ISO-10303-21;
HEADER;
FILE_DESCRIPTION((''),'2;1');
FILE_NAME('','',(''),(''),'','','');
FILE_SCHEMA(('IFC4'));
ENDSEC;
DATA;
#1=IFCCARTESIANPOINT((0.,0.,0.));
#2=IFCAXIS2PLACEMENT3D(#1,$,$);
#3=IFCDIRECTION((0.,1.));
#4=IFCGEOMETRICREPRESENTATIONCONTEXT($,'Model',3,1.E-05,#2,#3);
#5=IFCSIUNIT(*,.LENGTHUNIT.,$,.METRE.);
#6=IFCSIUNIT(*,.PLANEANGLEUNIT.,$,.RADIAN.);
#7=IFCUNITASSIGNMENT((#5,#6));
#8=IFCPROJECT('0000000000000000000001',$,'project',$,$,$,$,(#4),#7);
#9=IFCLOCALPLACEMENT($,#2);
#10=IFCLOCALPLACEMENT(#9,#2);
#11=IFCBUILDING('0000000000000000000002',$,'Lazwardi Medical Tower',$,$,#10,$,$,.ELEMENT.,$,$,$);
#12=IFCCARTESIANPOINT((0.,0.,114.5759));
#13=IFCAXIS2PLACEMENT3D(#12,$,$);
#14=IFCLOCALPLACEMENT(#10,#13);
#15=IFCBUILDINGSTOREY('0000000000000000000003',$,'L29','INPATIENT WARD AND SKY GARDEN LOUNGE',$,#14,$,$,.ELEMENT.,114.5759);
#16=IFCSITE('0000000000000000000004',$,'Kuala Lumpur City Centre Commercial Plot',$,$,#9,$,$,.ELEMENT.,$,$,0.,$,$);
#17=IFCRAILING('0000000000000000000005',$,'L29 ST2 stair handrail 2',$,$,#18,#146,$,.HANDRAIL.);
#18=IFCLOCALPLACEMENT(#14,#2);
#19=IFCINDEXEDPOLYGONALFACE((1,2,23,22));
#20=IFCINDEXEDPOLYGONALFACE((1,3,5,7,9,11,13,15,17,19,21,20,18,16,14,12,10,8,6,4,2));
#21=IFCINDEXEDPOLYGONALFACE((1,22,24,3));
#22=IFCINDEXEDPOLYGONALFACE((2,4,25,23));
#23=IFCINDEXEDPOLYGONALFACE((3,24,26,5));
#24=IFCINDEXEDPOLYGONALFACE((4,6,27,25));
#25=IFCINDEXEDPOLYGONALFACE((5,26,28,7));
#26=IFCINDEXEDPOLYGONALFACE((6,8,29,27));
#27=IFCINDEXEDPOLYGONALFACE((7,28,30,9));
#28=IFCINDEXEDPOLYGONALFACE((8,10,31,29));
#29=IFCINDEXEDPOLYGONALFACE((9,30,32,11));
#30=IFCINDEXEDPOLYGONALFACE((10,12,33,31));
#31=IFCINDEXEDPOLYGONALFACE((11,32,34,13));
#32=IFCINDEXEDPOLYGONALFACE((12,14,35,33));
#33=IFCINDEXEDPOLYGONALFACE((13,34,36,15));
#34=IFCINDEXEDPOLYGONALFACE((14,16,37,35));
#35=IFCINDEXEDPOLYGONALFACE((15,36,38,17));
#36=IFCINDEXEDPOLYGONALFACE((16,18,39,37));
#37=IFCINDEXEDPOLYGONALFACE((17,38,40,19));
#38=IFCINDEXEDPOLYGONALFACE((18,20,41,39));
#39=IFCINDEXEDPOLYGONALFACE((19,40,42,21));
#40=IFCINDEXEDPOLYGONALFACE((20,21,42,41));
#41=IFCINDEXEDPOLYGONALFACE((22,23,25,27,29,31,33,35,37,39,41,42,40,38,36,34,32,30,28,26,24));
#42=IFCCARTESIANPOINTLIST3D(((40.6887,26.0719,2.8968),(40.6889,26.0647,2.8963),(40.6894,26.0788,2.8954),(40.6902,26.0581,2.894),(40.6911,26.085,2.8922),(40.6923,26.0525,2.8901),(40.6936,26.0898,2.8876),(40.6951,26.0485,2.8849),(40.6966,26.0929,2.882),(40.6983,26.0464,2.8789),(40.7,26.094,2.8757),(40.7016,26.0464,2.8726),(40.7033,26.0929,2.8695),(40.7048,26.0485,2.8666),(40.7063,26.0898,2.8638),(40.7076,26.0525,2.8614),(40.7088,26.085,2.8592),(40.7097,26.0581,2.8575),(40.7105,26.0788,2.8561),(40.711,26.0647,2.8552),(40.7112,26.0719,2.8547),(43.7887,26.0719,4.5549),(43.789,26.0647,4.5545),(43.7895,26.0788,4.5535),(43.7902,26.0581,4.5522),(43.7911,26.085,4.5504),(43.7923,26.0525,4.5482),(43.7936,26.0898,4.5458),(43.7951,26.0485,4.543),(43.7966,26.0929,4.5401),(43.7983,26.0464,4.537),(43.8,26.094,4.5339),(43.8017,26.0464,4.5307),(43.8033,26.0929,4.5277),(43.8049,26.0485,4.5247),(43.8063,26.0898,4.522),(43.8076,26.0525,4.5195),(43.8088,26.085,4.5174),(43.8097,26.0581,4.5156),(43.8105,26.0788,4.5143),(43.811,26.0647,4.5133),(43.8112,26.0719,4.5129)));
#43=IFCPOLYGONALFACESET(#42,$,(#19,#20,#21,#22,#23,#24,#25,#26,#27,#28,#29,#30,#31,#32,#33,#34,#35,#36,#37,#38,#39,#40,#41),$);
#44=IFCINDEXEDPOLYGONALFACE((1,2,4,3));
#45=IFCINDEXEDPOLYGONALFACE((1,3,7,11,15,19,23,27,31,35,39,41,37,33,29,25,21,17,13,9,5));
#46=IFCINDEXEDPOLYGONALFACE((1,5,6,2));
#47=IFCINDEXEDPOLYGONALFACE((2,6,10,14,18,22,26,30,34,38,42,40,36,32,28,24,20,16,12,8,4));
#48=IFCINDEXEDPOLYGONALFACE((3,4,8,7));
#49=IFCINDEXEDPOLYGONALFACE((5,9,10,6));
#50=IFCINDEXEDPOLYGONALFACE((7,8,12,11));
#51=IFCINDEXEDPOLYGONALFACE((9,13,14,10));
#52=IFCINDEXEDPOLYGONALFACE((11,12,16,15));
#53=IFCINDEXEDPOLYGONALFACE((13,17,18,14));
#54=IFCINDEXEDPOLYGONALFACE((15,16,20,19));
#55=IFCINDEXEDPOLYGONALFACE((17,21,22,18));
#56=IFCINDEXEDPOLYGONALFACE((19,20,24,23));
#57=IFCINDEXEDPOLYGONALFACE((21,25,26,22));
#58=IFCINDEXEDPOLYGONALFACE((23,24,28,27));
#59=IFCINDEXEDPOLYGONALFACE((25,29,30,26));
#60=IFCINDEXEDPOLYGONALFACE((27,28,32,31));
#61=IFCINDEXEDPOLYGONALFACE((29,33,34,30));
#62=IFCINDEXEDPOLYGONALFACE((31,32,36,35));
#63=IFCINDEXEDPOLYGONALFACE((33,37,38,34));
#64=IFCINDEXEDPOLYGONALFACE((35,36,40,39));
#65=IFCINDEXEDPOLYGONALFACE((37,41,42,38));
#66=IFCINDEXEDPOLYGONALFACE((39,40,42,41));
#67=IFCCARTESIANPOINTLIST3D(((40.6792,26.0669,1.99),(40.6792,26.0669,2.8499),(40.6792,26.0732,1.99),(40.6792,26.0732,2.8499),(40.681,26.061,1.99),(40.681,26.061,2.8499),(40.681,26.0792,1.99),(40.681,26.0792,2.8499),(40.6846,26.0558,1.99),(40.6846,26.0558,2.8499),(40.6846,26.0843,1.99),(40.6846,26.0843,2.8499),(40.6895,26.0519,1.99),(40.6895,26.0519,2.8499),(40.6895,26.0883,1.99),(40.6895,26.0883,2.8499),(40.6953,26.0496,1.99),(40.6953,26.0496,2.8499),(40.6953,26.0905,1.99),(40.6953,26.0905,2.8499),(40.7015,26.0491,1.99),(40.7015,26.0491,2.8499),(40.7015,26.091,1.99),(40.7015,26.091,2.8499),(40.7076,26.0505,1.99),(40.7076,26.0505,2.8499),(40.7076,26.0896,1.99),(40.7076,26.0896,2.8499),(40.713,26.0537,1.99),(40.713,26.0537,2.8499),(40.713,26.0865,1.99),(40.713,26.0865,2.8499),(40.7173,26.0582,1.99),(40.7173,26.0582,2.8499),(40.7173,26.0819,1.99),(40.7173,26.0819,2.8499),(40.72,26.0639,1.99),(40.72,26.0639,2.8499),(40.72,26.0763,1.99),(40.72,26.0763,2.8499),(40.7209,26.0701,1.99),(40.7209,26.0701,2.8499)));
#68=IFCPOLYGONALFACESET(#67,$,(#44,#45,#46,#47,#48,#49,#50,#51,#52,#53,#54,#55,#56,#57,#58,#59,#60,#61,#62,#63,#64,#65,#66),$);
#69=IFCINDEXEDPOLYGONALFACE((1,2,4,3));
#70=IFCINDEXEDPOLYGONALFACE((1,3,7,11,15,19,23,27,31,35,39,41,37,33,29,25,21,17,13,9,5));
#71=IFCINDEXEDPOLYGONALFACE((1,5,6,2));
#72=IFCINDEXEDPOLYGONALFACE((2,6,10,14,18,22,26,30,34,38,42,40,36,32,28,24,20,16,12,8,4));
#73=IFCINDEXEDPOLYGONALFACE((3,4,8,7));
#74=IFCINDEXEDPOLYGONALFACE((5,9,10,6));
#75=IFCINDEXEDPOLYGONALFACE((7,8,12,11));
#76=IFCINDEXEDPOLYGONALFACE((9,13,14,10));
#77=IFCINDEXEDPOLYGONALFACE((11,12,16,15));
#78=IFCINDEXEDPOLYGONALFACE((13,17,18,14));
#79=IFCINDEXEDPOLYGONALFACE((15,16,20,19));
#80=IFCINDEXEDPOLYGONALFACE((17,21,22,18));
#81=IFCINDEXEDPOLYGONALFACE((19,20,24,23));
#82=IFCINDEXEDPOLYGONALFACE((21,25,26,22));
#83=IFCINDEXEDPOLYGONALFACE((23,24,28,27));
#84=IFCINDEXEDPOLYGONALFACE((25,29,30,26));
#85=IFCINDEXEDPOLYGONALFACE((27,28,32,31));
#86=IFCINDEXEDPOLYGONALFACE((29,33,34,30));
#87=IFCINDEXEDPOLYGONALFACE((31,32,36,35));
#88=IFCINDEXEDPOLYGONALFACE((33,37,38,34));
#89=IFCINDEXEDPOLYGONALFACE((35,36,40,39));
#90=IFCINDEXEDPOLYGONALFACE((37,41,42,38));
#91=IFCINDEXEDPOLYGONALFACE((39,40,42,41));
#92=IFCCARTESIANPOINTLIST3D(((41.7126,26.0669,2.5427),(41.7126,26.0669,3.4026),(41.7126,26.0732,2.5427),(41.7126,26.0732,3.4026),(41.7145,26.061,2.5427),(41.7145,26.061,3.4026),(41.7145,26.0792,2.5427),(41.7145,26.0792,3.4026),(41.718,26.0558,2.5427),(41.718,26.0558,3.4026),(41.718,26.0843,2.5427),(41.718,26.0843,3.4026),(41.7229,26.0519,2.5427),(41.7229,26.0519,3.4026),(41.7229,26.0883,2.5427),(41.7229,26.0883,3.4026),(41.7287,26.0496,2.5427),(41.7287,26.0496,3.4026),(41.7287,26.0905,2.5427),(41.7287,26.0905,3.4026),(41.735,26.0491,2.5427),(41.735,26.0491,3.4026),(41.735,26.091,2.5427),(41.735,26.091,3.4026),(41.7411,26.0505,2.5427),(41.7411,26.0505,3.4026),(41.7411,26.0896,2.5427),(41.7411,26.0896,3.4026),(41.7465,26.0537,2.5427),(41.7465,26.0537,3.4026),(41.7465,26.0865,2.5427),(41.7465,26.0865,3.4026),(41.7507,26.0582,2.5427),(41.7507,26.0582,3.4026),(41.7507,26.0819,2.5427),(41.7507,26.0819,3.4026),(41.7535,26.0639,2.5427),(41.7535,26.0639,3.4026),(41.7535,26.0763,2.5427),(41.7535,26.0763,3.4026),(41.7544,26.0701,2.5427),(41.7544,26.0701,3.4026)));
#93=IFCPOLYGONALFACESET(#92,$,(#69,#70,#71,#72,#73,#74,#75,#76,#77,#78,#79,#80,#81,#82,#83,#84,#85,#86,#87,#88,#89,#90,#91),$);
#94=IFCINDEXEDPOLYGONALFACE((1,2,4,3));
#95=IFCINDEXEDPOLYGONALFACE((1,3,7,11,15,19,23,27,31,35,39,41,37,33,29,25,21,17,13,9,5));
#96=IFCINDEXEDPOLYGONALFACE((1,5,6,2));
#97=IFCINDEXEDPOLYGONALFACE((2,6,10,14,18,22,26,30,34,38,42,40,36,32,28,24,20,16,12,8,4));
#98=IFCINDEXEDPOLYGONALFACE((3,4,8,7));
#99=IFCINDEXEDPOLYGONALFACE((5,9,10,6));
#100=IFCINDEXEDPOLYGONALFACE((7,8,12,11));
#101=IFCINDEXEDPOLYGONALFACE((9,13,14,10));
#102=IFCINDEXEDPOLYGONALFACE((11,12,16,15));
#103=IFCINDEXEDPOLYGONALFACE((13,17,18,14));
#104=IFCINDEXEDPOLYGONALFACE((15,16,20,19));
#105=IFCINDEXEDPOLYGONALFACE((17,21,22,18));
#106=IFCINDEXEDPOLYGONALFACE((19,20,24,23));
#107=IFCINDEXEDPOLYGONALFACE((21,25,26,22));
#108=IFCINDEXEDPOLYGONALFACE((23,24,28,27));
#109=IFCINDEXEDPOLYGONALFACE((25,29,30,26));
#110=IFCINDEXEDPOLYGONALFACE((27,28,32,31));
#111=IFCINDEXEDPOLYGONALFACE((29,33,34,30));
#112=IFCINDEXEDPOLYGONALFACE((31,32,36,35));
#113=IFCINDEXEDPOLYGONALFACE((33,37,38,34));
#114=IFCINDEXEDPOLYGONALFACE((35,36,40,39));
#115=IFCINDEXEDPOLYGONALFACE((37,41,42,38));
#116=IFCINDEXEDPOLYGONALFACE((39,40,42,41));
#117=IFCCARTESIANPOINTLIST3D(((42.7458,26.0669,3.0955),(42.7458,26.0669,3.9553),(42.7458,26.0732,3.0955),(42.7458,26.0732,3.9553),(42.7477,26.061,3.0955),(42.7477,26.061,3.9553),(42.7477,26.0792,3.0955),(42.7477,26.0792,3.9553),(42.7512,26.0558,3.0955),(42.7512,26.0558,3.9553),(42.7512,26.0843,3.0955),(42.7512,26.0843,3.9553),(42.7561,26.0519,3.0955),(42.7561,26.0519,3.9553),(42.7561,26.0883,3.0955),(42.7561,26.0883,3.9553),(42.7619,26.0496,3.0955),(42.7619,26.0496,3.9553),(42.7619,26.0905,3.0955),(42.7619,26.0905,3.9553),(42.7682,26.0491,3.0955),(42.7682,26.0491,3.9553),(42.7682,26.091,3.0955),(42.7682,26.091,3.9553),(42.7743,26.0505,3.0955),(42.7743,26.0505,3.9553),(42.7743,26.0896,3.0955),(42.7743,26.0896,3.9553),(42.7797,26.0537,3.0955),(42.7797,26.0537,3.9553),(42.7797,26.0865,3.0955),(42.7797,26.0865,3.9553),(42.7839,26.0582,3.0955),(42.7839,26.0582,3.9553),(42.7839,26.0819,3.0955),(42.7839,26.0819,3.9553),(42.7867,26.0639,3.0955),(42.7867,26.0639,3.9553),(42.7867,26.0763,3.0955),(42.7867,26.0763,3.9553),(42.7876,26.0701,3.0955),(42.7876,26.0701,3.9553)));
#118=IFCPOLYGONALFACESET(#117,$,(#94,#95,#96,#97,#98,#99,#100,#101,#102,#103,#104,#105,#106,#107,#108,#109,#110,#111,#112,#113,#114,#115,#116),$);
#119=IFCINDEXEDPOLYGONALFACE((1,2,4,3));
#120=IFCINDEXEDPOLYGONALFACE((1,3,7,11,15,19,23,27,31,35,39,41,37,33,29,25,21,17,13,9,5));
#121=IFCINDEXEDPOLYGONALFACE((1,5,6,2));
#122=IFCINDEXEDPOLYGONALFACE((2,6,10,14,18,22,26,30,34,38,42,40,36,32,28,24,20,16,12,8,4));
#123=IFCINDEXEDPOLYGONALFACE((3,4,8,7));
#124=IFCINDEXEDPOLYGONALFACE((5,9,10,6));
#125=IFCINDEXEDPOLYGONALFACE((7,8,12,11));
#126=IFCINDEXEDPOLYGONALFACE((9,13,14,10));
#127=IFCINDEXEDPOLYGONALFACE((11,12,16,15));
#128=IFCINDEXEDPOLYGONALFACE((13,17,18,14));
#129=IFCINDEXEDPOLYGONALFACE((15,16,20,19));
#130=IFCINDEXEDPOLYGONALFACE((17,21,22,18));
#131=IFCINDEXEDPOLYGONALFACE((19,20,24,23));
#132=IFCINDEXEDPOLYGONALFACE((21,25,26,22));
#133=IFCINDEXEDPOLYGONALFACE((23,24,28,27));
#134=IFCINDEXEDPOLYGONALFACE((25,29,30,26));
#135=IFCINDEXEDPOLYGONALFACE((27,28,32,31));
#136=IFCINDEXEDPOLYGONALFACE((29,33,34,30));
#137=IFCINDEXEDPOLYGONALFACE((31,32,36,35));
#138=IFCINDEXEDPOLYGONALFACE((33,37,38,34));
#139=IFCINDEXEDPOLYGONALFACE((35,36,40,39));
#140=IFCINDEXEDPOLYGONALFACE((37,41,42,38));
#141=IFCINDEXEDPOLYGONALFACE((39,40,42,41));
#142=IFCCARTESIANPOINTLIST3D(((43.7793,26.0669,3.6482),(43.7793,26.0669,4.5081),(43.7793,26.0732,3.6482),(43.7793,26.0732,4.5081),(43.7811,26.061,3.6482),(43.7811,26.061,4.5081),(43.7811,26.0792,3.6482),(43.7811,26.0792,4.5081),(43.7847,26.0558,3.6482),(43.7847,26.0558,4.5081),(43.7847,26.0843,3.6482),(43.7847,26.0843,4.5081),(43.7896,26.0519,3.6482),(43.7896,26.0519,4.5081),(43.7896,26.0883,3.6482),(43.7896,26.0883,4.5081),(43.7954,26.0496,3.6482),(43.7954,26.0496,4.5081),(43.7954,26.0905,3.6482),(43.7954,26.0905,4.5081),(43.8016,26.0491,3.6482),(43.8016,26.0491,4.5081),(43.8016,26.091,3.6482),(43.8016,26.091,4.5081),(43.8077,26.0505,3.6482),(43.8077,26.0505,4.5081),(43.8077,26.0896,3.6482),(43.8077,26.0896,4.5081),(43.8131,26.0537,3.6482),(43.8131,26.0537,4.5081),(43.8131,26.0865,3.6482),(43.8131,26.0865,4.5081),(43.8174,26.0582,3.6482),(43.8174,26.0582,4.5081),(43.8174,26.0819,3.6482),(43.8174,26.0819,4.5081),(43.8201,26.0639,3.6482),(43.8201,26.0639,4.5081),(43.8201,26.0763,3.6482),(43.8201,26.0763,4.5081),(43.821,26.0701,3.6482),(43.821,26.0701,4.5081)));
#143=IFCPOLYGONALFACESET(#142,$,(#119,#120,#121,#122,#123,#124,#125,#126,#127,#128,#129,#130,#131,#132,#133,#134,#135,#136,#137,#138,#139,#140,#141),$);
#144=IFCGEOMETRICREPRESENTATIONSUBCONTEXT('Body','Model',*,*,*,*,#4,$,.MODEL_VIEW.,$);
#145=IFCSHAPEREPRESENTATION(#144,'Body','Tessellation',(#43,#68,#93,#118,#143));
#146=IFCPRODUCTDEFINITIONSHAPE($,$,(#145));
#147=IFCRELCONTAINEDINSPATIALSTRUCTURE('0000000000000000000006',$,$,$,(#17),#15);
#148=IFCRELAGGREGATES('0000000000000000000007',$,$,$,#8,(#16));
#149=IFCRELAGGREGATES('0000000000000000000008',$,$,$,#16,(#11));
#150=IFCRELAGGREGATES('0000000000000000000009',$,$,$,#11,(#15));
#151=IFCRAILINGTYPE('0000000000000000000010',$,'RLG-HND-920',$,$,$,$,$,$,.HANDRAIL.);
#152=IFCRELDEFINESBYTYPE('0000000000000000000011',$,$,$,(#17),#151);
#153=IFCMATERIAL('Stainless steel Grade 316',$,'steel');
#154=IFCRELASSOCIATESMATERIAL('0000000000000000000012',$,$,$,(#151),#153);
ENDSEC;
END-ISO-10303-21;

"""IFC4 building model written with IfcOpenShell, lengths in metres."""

from ifc_helpers import new_model, si_unit, direction, frame, origin, origin_2d, place, context, subcontext, project, spatial, circle, extrude, material, type_object, element, save


model = new_model("IFC4")

# Units and contexts
model_context = context("Model", 3, precision=1e-05, world=origin(), true_north=direction((0.0, 1.0)))
body_context = subcontext(model_context, "Body", "Model", "MODEL_VIEW")
ifc_project = project(units=[si_unit("LENGTHUNIT", "METRE"), si_unit("PLANEANGLEUNIT", "RADIAN")], contexts=[model_context])

# Site, building, storey
site_placement = place(None, origin())
site = spatial("IfcSite", under=ifc_project, at=site_placement, Name="Kuala Lumpur City Centre Commercial Plot", CompositionType="ELEMENT", RefElevation=0.0)
building_placement = place(site_placement, origin())
building = spatial("IfcBuilding", under=site, at=building_placement, Name="Lazwardi Medical Tower", CompositionType="ELEMENT")
storey_placement = place(building_placement, frame((0.0, 0.0, 114.5759)))
storey = spatial("IfcBuildingStorey", under=building, at=storey_placement, Name="L29", Description="INPATIENT WARD AND SKY GARDEN LOUNGE", CompositionType="ELEMENT", Elevation=114.5759)

# Railing
ifc_material_1 = material(Name="Stainless steel Grade 316", Category="steel")
railing_type_1 = type_object("IfcRailingType", Name="RLG-HND-920", PredefinedType="HANDRAIL", material=ifc_material_1)
railing_1_placement = place(storey_placement, frame((40.7, 26.0701, 1.99)))
element("IfcRailing", 1, at=railing_1_placement, inside=storey, type_object=railing_type_1, Name="L29 ST2 stair handrail 2", PredefinedType="HANDRAIL", context=body_context, shape_type="SweptSolid", body=[
    extrude(circle(Radius=0.0239, at=origin_2d()), frame((0.0, 0.0, 0.8857), z_axis=(0.881783, 0.0, 0.471655), x_axis=(0.0, 1.0, 0.0)), (0.0, 0.0, 1.0), 3.5156),
    extrude(circle(Radius=0.021, at=origin_2d()), origin(), (0.0, 0.0, 1.0), 0.8599),
    extrude(circle(Radius=0.021, at=origin_2d()), frame((1.0334, 0.0, 0.5527)), (0.0, 0.0, 1.0), 0.8599),
    extrude(circle(Radius=0.021, at=origin_2d()), frame((2.0667, 0.0, 1.1055)), (0.0, 0.0, 1.0), 0.8599),
    extrude(circle(Radius=0.021, at=origin_2d()), frame((3.1001, 0.0, 1.6582)), (0.0, 0.0, 1.0), 0.8599),
])

save(model, "model.ifc")
